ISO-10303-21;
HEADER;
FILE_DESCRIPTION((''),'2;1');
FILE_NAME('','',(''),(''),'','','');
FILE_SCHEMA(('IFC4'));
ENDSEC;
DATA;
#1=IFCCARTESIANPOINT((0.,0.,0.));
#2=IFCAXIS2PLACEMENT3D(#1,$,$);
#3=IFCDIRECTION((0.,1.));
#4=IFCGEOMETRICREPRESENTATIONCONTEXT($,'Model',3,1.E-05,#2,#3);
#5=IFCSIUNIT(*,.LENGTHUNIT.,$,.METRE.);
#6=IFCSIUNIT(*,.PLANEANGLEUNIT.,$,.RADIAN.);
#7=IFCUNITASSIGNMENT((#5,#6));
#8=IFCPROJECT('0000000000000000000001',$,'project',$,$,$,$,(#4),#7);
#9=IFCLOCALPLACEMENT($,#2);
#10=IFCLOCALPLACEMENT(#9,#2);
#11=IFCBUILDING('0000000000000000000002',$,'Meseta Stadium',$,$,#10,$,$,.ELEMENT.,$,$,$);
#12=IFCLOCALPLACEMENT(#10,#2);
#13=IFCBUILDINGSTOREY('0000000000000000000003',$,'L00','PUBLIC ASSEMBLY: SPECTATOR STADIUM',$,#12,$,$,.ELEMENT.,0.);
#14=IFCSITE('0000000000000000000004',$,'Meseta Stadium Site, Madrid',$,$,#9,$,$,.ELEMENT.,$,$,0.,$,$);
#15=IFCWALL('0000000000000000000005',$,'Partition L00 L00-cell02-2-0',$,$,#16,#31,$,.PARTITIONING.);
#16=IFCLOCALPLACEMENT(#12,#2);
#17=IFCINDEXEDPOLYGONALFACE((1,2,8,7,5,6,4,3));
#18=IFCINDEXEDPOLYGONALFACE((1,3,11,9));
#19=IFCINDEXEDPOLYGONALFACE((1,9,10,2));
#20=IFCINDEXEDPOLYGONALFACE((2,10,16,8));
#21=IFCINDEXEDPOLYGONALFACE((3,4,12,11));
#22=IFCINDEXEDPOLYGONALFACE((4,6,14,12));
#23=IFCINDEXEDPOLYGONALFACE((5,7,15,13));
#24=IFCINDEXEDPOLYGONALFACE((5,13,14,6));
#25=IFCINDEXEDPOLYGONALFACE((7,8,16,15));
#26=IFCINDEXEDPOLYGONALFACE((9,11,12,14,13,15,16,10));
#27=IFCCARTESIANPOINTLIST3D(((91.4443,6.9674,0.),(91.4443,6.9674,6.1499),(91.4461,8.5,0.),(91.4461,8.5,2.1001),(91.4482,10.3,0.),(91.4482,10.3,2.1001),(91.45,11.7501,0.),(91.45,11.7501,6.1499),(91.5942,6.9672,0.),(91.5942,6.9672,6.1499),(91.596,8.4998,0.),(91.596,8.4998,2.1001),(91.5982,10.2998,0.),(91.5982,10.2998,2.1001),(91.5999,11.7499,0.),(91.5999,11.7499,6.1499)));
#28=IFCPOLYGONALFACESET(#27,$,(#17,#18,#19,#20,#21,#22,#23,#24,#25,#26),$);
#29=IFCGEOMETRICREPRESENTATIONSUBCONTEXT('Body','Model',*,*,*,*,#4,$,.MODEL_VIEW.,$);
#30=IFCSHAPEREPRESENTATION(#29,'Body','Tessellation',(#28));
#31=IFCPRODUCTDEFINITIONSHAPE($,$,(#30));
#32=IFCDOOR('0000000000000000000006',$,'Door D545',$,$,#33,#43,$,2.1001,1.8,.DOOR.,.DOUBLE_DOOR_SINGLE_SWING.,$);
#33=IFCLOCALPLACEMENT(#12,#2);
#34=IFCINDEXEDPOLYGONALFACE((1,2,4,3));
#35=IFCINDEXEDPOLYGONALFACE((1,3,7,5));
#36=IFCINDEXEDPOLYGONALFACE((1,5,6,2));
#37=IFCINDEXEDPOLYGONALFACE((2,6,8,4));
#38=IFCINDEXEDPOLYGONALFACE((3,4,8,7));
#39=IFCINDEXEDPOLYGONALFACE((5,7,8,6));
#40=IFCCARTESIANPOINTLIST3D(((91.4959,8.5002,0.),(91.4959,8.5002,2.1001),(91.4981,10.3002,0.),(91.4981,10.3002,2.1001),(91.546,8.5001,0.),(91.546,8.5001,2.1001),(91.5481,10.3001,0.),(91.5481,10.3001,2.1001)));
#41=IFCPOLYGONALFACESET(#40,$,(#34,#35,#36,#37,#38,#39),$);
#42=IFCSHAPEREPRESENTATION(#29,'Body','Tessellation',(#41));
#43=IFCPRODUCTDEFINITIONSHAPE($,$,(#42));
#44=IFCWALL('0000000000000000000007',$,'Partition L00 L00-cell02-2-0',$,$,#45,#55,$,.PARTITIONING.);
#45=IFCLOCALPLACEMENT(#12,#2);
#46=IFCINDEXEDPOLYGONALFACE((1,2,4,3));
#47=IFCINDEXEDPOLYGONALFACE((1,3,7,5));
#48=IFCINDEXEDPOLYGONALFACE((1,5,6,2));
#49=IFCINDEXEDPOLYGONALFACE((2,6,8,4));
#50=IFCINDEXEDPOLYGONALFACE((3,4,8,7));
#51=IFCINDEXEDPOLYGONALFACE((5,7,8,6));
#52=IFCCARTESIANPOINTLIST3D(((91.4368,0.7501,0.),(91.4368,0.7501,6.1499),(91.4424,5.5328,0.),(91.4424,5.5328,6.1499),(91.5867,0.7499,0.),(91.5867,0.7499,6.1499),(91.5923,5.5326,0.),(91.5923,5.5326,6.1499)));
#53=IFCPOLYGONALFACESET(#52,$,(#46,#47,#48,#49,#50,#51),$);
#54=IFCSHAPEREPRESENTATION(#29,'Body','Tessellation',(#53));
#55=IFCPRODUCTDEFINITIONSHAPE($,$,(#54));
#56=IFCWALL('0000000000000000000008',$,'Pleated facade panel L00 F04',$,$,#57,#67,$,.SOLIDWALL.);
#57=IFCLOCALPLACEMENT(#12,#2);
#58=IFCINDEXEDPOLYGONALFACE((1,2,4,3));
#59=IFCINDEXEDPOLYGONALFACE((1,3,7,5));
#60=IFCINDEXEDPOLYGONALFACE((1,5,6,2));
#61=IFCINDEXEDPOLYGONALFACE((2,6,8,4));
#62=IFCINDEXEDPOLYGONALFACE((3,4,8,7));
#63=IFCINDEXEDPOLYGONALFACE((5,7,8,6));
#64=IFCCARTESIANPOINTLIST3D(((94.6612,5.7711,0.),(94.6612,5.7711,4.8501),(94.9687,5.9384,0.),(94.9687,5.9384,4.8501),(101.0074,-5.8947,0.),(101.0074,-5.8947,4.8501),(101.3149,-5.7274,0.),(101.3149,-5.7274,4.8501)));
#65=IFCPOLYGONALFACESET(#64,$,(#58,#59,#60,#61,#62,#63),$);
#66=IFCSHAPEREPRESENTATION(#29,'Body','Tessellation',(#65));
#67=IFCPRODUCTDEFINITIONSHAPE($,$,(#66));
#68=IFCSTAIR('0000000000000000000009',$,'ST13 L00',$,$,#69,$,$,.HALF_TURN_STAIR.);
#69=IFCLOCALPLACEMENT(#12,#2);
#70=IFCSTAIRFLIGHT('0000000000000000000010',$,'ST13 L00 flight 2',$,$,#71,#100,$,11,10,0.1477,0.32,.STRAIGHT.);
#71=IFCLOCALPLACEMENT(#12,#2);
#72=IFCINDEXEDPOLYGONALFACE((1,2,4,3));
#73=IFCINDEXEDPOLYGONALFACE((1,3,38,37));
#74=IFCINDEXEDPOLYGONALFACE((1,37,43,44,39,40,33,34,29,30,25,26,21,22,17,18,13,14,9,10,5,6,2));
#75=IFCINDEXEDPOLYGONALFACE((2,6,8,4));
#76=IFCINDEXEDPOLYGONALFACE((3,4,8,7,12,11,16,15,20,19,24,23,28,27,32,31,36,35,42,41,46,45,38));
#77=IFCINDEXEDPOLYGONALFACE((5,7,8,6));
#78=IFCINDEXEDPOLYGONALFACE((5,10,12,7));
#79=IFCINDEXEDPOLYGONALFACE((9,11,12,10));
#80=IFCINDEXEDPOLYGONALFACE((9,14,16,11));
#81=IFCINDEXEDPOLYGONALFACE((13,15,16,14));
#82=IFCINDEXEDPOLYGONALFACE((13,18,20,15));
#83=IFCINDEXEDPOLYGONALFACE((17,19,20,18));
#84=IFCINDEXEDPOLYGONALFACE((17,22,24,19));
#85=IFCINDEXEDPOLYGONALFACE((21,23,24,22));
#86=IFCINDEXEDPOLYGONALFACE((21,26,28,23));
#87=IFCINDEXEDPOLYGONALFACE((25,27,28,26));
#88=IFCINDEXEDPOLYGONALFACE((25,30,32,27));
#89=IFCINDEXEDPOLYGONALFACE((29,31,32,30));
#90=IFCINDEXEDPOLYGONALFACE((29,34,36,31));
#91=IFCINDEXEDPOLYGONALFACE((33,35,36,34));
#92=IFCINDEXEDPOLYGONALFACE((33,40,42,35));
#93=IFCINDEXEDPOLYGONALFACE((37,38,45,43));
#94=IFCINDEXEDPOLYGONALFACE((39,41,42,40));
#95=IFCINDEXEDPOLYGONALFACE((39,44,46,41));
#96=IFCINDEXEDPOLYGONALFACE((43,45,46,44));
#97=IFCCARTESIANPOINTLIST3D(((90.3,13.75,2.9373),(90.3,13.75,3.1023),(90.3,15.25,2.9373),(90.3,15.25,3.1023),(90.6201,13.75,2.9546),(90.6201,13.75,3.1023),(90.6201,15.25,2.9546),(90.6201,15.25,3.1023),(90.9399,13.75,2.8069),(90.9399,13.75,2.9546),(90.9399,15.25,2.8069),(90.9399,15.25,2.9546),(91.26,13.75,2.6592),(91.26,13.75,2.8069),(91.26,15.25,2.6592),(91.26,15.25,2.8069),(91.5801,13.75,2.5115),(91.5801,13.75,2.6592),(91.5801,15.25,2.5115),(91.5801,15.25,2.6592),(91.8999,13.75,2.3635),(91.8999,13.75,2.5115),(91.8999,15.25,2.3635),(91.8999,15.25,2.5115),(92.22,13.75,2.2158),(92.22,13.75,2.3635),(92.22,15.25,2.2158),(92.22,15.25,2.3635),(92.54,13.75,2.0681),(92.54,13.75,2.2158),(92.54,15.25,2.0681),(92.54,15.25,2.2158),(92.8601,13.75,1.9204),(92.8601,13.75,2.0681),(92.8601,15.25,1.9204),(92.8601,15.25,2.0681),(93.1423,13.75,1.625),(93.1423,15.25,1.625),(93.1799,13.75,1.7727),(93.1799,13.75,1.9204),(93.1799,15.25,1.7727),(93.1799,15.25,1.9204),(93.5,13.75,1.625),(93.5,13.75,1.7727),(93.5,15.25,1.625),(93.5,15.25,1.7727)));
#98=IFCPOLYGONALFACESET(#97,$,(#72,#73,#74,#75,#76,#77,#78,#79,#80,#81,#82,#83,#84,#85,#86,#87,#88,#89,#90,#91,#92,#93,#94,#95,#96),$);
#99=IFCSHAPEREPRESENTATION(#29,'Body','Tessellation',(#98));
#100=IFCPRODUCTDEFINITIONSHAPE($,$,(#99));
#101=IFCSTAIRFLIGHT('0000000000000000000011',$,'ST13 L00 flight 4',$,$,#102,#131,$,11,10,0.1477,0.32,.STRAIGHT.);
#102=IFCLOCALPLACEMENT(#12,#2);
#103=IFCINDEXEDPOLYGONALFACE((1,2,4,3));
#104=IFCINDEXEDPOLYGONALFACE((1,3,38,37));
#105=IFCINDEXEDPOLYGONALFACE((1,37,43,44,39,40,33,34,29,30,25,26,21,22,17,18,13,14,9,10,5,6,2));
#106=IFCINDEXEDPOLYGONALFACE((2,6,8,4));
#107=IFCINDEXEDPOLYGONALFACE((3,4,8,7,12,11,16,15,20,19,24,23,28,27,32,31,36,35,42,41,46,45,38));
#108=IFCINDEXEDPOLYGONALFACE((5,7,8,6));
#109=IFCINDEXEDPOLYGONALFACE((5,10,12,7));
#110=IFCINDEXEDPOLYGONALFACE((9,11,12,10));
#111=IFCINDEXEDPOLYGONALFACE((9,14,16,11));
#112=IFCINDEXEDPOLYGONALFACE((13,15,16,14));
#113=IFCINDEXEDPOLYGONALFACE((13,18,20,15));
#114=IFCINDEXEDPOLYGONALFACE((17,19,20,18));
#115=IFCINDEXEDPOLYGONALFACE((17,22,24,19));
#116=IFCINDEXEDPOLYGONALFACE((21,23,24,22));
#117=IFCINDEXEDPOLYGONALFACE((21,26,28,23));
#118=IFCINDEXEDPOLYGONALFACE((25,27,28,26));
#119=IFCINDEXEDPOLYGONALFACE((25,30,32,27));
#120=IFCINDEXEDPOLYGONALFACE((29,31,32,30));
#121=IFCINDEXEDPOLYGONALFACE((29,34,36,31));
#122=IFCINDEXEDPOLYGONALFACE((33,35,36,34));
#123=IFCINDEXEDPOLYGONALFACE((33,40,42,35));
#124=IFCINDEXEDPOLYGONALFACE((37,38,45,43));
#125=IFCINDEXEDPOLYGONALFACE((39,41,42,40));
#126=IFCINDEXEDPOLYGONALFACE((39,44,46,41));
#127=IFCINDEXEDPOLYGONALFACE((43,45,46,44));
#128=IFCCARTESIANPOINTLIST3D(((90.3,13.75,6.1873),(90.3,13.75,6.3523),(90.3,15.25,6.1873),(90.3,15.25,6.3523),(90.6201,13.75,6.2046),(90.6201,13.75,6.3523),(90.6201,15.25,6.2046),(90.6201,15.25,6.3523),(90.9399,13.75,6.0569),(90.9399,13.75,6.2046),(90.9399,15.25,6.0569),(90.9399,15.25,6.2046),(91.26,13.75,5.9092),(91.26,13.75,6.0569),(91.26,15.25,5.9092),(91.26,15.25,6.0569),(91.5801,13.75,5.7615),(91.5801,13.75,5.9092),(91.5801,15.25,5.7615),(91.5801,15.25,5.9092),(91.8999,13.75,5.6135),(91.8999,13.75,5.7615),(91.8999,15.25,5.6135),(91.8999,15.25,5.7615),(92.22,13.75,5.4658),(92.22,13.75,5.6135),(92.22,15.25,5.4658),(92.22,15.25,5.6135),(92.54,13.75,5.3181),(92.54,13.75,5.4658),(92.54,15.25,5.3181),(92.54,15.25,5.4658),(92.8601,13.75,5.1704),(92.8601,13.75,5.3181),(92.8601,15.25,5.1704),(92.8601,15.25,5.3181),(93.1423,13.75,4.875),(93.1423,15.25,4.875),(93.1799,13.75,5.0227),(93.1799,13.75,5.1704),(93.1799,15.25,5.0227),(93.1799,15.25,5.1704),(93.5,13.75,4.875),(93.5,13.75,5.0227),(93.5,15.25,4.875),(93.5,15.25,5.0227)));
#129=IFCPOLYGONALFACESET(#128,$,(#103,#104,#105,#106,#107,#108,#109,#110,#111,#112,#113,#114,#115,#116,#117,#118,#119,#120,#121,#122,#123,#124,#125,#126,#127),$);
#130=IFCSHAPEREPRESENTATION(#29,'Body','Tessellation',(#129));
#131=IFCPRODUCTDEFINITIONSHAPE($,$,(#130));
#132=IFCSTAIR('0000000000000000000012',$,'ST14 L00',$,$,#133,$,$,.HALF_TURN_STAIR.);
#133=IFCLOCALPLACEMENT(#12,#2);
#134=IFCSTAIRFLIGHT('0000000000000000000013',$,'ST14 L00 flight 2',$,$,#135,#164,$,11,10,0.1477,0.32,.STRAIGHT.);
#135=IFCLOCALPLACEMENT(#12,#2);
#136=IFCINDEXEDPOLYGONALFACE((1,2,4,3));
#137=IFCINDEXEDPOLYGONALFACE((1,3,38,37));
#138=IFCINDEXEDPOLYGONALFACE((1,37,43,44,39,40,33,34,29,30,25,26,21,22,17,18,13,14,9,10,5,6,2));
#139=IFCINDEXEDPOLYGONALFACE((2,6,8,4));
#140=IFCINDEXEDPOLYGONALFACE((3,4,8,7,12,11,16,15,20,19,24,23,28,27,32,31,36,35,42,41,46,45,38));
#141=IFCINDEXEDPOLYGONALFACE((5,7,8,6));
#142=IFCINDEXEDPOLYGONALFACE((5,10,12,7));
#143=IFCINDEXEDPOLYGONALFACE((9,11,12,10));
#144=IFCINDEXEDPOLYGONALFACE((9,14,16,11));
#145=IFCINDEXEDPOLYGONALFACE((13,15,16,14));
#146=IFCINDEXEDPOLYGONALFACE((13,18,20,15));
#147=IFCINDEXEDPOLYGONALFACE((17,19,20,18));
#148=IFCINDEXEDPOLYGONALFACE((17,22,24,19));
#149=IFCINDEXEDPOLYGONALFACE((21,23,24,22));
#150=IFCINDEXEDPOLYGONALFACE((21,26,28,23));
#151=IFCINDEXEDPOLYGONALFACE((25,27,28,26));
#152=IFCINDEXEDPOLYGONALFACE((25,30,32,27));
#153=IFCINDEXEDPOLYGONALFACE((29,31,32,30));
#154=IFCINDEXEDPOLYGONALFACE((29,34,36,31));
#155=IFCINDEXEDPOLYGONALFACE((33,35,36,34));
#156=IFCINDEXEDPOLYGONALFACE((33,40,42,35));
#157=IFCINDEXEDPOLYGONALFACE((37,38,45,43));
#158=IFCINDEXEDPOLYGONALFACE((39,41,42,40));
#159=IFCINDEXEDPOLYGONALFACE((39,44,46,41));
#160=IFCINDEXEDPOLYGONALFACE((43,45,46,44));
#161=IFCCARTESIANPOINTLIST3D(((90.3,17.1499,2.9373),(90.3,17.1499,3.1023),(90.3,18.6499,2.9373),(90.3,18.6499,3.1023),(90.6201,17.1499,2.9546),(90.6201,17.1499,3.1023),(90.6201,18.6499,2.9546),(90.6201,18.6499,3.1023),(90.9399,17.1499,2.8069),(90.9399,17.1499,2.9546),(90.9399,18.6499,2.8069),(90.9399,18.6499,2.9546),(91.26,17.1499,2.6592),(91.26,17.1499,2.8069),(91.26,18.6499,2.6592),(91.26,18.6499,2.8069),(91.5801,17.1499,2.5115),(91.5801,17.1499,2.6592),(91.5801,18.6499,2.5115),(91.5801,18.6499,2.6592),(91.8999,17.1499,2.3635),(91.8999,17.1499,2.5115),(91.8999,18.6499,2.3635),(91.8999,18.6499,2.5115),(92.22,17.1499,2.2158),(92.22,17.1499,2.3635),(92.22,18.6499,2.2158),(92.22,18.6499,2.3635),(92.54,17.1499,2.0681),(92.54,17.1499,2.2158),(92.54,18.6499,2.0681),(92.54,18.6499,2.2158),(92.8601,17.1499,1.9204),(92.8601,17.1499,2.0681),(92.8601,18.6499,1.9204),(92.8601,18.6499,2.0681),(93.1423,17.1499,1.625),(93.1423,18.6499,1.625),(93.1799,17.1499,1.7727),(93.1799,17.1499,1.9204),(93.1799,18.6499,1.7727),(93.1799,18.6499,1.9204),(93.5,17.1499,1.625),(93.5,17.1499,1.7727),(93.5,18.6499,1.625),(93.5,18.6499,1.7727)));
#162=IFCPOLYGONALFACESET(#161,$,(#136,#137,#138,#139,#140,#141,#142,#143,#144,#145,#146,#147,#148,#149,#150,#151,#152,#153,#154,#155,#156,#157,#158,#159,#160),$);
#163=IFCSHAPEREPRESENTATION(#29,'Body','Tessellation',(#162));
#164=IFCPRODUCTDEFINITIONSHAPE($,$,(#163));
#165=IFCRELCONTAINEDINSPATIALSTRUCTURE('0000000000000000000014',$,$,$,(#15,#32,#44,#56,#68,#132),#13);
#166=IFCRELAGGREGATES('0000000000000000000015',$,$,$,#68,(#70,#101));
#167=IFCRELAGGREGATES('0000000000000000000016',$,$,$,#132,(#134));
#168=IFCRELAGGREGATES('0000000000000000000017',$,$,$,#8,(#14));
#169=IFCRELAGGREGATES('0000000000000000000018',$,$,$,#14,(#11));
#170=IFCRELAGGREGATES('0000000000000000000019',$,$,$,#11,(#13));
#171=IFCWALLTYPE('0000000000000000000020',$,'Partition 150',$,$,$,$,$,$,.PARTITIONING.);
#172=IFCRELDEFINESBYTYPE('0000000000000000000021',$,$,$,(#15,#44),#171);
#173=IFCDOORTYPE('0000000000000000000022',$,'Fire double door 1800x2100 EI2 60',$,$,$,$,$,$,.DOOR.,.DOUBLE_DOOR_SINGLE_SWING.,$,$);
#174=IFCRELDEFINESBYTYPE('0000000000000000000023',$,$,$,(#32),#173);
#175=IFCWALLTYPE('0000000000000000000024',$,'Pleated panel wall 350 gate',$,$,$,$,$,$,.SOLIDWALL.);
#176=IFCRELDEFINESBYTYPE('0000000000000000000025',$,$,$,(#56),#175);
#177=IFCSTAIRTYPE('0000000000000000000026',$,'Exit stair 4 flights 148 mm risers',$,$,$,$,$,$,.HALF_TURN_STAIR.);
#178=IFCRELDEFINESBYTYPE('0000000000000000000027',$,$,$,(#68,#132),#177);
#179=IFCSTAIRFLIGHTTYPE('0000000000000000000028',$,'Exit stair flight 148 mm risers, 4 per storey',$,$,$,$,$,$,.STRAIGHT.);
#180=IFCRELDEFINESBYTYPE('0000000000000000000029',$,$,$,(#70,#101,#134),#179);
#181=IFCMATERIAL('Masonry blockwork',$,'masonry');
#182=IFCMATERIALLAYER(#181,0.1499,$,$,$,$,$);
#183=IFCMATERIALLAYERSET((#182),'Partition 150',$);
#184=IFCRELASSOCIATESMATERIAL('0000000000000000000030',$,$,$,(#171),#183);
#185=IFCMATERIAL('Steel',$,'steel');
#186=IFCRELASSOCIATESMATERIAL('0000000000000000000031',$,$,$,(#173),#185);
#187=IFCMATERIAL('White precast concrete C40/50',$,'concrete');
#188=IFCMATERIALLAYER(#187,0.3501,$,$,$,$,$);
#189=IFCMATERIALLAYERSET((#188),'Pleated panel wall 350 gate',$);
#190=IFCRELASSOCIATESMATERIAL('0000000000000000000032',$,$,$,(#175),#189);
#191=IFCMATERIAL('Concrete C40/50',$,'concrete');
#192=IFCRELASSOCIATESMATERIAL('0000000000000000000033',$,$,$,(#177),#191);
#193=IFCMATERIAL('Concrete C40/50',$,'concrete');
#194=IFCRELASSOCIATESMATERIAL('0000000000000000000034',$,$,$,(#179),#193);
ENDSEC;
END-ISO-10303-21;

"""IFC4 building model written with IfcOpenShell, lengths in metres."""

from ifc_helpers import new_model, si_unit, direction, frame, frame_2d, origin, place, context, subcontext, project, spatial, polyline, rectangle, outline, extrude, material, layer, layer_set, type_object, element, fill, aggregate, save


model = new_model("IFC4")

# Units and contexts
model_context = context("Model", 3, precision=1e-05, world=origin(), true_north=direction((0.0, 1.0)))
body_context = subcontext(model_context, "Body", "Model", "MODEL_VIEW")
ifc_project = project(units=[si_unit("LENGTHUNIT", "METRE"), si_unit("PLANEANGLEUNIT", "RADIAN")], contexts=[model_context])

# Site, building, storey
site_placement = place(None, origin())
site = spatial("IfcSite", under=ifc_project, at=site_placement, Name="Meseta Stadium Site, Madrid", CompositionType="ELEMENT", RefElevation=0.0)
building_placement = place(site_placement, origin())
building = spatial("IfcBuilding", under=site, at=building_placement, Name="Meseta Stadium", CompositionType="ELEMENT")
storey_placement = place(building_placement, origin())
storey = spatial("IfcBuildingStorey", under=building, at=storey_placement, Name="L00", Description="PUBLIC ASSEMBLY: SPECTATOR STADIUM", CompositionType="ELEMENT", Elevation=0.0)

# Wall, opening, door
ifc_material_1 = material(Name="Masonry blockwork", Category="masonry")
ifc_layer_1 = layer(ifc_material_1, 0.1499)
ifc_layer_set_1 = layer_set([ifc_layer_1], Name="Partition 150")
wall_type_1 = type_object("IfcWallType", Name="Partition 150", PredefinedType="PARTITIONING", material=ifc_layer_set_1)
wall_1_placement = place(storey_placement, frame((91.5193, 6.9673, 0.0), z_axis=(0.0, 0.0, 1.0), x_axis=(0.001174, 0.999999, 0.0)))
wall_1 = element("IfcWall", 1, at=wall_1_placement, inside=storey, type_object=wall_type_1, Name="Partition L00 L00-cell02-2-0", PredefinedType="PARTITIONING", context=body_context, shape_type="SweptSolid", body=[
    extrude(rectangle(XDim=4.7827, YDim=0.1499, at=frame_2d((2.3914, 0.0))), origin(), (0.0, 0.0, 1.0), 6.1499),
])
opening_1_placement = place(wall_1_placement, frame((1.5327, 0.0, 0.0)))
opening_1 = element("IfcOpeningElement", 2, at=opening_1_placement, cuts=wall_1, PredefinedType="OPENING", context=body_context, shape_type="SweptSolid", body=[
    extrude(rectangle(XDim=1.8, YDim=2.1001, at=frame_2d((0.8999, 1.05))), frame((0.0, 0.085, 0.0), z_axis=(0.0, -1.0, 0.0), x_axis=(1.0, 0.0, 0.0)), (0.0, 0.0, 1.0), 0.1699),
])
ifc_material_2 = material(Name="Steel", Category="steel")
door_type_1 = type_object("IfcDoorType", Name="Fire double door 1800x2100 EI2 60", OperationType="DOUBLE_DOOR_SINGLE_SWING", PredefinedType="DOOR", material=ifc_material_2)
door_1_placement = place(opening_1_placement, frame((1.8, 0.0, 0.0), z_axis=(0.0, 0.0, 1.0), x_axis=(-1.0, 0.0, 0.0)))
door_1 = element("IfcDoor", 3, at=door_1_placement, inside=storey, type_object=door_type_1, Name="Door D545", OperationType="DOUBLE_DOOR_SINGLE_SWING", OverallHeight=2.1001, OverallWidth=1.8, PredefinedType="DOOR", context=body_context, shape_type="SweptSolid", body=[
    extrude(rectangle(XDim=1.8, YDim=2.1001, at=frame_2d((0.8999, 1.05))), frame((0.0, 0.0249, 0.0), z_axis=(0.0, -1.0, 0.0), x_axis=(1.0, 0.0, 0.0)), (0.0, 0.0, 1.0), 0.05),
])
fill(opening_1, door_1)

# Walls
wall_2_placement = place(storey_placement, frame((91.5173, 5.5327, 0.0), z_axis=(0.0, 0.0, 1.0), x_axis=(-0.001174, -0.999999, 0.0)))
element("IfcWall", 4, at=wall_2_placement, inside=storey, type_object=wall_type_1, Name="Partition L00 L00-cell02-2-0", PredefinedType="PARTITIONING", context=body_context, shape_type="SweptSolid", body=[
    extrude(rectangle(XDim=4.7827, YDim=0.1499, at=frame_2d((2.3914, 0.0))), origin(), (0.0, 0.0, 1.0), 6.1499),
])
ifc_material_3 = material(Name="White precast concrete C40/50", Category="concrete")
ifc_layer_2 = layer(ifc_material_3, 0.3501)
ifc_layer_set_2 = layer_set([ifc_layer_2], Name="Pleated panel wall 350 gate")
wall_type_2 = type_object("IfcWallType", Name="Pleated panel wall 350 gate", PredefinedType="SOLIDWALL", material=ifc_layer_set_2)
wall_3_placement = place(storey_placement, frame((94.8149, 5.8547, 0.0), z_axis=(0.0, 0.0, 1.0), x_axis=(0.477868, -0.878432, 0.0)))
element("IfcWall", 5, at=wall_3_placement, inside=storey, type_object=wall_type_2, Name="Pleated facade panel L00 F04", PredefinedType="SOLIDWALL", context=body_context, shape_type="SweptSolid", body=[
    extrude(rectangle(XDim=13.2803, YDim=0.3501, at=frame_2d((6.6401, 0.0))), origin(), (0.0, 0.0, 1.0), 4.8501),
])

# Stairs, stair flights
ifc_material_4 = material(Name="Concrete C40/50", Category="concrete")
stair_type = type_object("IfcStairType", Name="Exit stair 4 flights 148 mm risers", PredefinedType="HALF_TURN_STAIR", material=ifc_material_4)
stair_1_placement = place(storey_placement, origin())
stair_1 = element("IfcStair", 6, at=stair_1_placement, inside=storey, type_object=stair_type, Name="ST13 L00", PredefinedType="HALF_TURN_STAIR")
ifc_material_5 = material(Name="Concrete C40/50", Category="concrete")
stair_flight_type = type_object("IfcStairFlightType", Name="Exit stair flight 148 mm risers, 4 per storey", PredefinedType="STRAIGHT", material=ifc_material_5)
stair_flight_1_placement = place(storey_placement, frame((93.5, 14.5, 1.625), z_axis=(0.0, 0.0, 1.0), x_axis=(-1.0, 0.0, 0.0)))
stair_flight_1 = element("IfcStairFlight", 7, at=stair_flight_1_placement, type_object=stair_flight_type, Name="ST13 L00 flight 2", NumberOfRisers=11, NumberOfTreads=10, PredefinedType="STRAIGHT", RiserHeight=0.1477, TreadLength=0.32, context=body_context, shape_type="SweptSolid", body=[
    extrude(outline(polyline([(0.0, 0.0), (0.0, 0.1477), (0.3201, 0.1477), (0.3201, 0.2954), (0.6399, 0.2954), (0.6399, 0.4431), (0.96, 0.4431), (0.96, 0.5908), (1.28, 0.5908), (1.28, 0.7385), (1.6001, 0.7385), (1.6001, 0.8865), (1.9199, 0.8865), (1.9199, 1.0342), (2.24, 1.0342), (2.24, 1.1819), (2.5601, 1.1819), (2.5601, 1.3296), (2.8799, 1.3296), (2.8799, 1.4773), (3.2, 1.4773), (3.2, 1.3123), (0.3577, 0.0), (0.0, 0.0)])), frame((0.0, 0.75, 0.0), z_axis=(0.0, -1.0, 0.0), x_axis=(1.0, 0.0, 0.0)), (0.0, 0.0, 1.0), 1.5),
])
stair_flight_2_placement = place(storey_placement, frame((93.5, 14.5, 4.875), z_axis=(0.0, 0.0, 1.0), x_axis=(-1.0, 0.0, 0.0)))
stair_flight_2 = element("IfcStairFlight", 8, at=stair_flight_2_placement, type_object=stair_flight_type, Name="ST13 L00 flight 4", NumberOfRisers=11, NumberOfTreads=10, PredefinedType="STRAIGHT", RiserHeight=0.1477, TreadLength=0.32, context=body_context, shape_type="SweptSolid", body=[
    extrude(outline(polyline([(0.0, 0.0), (0.0, 0.1477), (0.3201, 0.1477), (0.3201, 0.2954), (0.6399, 0.2954), (0.6399, 0.4431), (0.96, 0.4431), (0.96, 0.5908), (1.28, 0.5908), (1.28, 0.7385), (1.6001, 0.7385), (1.6001, 0.8865), (1.9199, 0.8865), (1.9199, 1.0342), (2.24, 1.0342), (2.24, 1.1819), (2.5601, 1.1819), (2.5601, 1.3296), (2.8799, 1.3296), (2.8799, 1.4773), (3.2, 1.4773), (3.2, 1.3123), (0.3577, 0.0), (0.0, 0.0)])), frame((0.0, 0.75, 0.0), z_axis=(0.0, -1.0, 0.0), x_axis=(1.0, 0.0, 0.0)), (0.0, 0.0, 1.0), 1.5),
])
aggregate(stair_1, [stair_flight_1, stair_flight_2])
stair_2_placement = place(storey_placement, origin())
stair_2 = element("IfcStair", 9, at=stair_2_placement, inside=storey, type_object=stair_type, Name="ST14 L00", PredefinedType="HALF_TURN_STAIR")
stair_flight_3_placement = place(storey_placement, frame((93.5, 17.8999, 1.625), z_axis=(0.0, 0.0, 1.0), x_axis=(-1.0, 0.0, 0.0)))
stair_flight_3 = element("IfcStairFlight", 10, at=stair_flight_3_placement, type_object=stair_flight_type, Name="ST14 L00 flight 2", NumberOfRisers=11, NumberOfTreads=10, PredefinedType="STRAIGHT", RiserHeight=0.1477, TreadLength=0.32, context=body_context, shape_type="SweptSolid", body=[
    extrude(outline(polyline([(0.0, 0.0), (0.0, 0.1477), (0.3201, 0.1477), (0.3201, 0.2954), (0.6399, 0.2954), (0.6399, 0.4431), (0.96, 0.4431), (0.96, 0.5908), (1.28, 0.5908), (1.28, 0.7385), (1.6001, 0.7385), (1.6001, 0.8865), (1.9199, 0.8865), (1.9199, 1.0342), (2.24, 1.0342), (2.24, 1.1819), (2.5601, 1.1819), (2.5601, 1.3296), (2.8799, 1.3296), (2.8799, 1.4773), (3.2, 1.4773), (3.2, 1.3123), (0.3577, 0.0), (0.0, 0.0)])), frame((0.0, 0.75, 0.0), z_axis=(0.0, -1.0, 0.0), x_axis=(1.0, 0.0, 0.0)), (0.0, 0.0, 1.0), 1.5),
])
aggregate(stair_2, [stair_flight_3])

save(model, "model.ifc")
